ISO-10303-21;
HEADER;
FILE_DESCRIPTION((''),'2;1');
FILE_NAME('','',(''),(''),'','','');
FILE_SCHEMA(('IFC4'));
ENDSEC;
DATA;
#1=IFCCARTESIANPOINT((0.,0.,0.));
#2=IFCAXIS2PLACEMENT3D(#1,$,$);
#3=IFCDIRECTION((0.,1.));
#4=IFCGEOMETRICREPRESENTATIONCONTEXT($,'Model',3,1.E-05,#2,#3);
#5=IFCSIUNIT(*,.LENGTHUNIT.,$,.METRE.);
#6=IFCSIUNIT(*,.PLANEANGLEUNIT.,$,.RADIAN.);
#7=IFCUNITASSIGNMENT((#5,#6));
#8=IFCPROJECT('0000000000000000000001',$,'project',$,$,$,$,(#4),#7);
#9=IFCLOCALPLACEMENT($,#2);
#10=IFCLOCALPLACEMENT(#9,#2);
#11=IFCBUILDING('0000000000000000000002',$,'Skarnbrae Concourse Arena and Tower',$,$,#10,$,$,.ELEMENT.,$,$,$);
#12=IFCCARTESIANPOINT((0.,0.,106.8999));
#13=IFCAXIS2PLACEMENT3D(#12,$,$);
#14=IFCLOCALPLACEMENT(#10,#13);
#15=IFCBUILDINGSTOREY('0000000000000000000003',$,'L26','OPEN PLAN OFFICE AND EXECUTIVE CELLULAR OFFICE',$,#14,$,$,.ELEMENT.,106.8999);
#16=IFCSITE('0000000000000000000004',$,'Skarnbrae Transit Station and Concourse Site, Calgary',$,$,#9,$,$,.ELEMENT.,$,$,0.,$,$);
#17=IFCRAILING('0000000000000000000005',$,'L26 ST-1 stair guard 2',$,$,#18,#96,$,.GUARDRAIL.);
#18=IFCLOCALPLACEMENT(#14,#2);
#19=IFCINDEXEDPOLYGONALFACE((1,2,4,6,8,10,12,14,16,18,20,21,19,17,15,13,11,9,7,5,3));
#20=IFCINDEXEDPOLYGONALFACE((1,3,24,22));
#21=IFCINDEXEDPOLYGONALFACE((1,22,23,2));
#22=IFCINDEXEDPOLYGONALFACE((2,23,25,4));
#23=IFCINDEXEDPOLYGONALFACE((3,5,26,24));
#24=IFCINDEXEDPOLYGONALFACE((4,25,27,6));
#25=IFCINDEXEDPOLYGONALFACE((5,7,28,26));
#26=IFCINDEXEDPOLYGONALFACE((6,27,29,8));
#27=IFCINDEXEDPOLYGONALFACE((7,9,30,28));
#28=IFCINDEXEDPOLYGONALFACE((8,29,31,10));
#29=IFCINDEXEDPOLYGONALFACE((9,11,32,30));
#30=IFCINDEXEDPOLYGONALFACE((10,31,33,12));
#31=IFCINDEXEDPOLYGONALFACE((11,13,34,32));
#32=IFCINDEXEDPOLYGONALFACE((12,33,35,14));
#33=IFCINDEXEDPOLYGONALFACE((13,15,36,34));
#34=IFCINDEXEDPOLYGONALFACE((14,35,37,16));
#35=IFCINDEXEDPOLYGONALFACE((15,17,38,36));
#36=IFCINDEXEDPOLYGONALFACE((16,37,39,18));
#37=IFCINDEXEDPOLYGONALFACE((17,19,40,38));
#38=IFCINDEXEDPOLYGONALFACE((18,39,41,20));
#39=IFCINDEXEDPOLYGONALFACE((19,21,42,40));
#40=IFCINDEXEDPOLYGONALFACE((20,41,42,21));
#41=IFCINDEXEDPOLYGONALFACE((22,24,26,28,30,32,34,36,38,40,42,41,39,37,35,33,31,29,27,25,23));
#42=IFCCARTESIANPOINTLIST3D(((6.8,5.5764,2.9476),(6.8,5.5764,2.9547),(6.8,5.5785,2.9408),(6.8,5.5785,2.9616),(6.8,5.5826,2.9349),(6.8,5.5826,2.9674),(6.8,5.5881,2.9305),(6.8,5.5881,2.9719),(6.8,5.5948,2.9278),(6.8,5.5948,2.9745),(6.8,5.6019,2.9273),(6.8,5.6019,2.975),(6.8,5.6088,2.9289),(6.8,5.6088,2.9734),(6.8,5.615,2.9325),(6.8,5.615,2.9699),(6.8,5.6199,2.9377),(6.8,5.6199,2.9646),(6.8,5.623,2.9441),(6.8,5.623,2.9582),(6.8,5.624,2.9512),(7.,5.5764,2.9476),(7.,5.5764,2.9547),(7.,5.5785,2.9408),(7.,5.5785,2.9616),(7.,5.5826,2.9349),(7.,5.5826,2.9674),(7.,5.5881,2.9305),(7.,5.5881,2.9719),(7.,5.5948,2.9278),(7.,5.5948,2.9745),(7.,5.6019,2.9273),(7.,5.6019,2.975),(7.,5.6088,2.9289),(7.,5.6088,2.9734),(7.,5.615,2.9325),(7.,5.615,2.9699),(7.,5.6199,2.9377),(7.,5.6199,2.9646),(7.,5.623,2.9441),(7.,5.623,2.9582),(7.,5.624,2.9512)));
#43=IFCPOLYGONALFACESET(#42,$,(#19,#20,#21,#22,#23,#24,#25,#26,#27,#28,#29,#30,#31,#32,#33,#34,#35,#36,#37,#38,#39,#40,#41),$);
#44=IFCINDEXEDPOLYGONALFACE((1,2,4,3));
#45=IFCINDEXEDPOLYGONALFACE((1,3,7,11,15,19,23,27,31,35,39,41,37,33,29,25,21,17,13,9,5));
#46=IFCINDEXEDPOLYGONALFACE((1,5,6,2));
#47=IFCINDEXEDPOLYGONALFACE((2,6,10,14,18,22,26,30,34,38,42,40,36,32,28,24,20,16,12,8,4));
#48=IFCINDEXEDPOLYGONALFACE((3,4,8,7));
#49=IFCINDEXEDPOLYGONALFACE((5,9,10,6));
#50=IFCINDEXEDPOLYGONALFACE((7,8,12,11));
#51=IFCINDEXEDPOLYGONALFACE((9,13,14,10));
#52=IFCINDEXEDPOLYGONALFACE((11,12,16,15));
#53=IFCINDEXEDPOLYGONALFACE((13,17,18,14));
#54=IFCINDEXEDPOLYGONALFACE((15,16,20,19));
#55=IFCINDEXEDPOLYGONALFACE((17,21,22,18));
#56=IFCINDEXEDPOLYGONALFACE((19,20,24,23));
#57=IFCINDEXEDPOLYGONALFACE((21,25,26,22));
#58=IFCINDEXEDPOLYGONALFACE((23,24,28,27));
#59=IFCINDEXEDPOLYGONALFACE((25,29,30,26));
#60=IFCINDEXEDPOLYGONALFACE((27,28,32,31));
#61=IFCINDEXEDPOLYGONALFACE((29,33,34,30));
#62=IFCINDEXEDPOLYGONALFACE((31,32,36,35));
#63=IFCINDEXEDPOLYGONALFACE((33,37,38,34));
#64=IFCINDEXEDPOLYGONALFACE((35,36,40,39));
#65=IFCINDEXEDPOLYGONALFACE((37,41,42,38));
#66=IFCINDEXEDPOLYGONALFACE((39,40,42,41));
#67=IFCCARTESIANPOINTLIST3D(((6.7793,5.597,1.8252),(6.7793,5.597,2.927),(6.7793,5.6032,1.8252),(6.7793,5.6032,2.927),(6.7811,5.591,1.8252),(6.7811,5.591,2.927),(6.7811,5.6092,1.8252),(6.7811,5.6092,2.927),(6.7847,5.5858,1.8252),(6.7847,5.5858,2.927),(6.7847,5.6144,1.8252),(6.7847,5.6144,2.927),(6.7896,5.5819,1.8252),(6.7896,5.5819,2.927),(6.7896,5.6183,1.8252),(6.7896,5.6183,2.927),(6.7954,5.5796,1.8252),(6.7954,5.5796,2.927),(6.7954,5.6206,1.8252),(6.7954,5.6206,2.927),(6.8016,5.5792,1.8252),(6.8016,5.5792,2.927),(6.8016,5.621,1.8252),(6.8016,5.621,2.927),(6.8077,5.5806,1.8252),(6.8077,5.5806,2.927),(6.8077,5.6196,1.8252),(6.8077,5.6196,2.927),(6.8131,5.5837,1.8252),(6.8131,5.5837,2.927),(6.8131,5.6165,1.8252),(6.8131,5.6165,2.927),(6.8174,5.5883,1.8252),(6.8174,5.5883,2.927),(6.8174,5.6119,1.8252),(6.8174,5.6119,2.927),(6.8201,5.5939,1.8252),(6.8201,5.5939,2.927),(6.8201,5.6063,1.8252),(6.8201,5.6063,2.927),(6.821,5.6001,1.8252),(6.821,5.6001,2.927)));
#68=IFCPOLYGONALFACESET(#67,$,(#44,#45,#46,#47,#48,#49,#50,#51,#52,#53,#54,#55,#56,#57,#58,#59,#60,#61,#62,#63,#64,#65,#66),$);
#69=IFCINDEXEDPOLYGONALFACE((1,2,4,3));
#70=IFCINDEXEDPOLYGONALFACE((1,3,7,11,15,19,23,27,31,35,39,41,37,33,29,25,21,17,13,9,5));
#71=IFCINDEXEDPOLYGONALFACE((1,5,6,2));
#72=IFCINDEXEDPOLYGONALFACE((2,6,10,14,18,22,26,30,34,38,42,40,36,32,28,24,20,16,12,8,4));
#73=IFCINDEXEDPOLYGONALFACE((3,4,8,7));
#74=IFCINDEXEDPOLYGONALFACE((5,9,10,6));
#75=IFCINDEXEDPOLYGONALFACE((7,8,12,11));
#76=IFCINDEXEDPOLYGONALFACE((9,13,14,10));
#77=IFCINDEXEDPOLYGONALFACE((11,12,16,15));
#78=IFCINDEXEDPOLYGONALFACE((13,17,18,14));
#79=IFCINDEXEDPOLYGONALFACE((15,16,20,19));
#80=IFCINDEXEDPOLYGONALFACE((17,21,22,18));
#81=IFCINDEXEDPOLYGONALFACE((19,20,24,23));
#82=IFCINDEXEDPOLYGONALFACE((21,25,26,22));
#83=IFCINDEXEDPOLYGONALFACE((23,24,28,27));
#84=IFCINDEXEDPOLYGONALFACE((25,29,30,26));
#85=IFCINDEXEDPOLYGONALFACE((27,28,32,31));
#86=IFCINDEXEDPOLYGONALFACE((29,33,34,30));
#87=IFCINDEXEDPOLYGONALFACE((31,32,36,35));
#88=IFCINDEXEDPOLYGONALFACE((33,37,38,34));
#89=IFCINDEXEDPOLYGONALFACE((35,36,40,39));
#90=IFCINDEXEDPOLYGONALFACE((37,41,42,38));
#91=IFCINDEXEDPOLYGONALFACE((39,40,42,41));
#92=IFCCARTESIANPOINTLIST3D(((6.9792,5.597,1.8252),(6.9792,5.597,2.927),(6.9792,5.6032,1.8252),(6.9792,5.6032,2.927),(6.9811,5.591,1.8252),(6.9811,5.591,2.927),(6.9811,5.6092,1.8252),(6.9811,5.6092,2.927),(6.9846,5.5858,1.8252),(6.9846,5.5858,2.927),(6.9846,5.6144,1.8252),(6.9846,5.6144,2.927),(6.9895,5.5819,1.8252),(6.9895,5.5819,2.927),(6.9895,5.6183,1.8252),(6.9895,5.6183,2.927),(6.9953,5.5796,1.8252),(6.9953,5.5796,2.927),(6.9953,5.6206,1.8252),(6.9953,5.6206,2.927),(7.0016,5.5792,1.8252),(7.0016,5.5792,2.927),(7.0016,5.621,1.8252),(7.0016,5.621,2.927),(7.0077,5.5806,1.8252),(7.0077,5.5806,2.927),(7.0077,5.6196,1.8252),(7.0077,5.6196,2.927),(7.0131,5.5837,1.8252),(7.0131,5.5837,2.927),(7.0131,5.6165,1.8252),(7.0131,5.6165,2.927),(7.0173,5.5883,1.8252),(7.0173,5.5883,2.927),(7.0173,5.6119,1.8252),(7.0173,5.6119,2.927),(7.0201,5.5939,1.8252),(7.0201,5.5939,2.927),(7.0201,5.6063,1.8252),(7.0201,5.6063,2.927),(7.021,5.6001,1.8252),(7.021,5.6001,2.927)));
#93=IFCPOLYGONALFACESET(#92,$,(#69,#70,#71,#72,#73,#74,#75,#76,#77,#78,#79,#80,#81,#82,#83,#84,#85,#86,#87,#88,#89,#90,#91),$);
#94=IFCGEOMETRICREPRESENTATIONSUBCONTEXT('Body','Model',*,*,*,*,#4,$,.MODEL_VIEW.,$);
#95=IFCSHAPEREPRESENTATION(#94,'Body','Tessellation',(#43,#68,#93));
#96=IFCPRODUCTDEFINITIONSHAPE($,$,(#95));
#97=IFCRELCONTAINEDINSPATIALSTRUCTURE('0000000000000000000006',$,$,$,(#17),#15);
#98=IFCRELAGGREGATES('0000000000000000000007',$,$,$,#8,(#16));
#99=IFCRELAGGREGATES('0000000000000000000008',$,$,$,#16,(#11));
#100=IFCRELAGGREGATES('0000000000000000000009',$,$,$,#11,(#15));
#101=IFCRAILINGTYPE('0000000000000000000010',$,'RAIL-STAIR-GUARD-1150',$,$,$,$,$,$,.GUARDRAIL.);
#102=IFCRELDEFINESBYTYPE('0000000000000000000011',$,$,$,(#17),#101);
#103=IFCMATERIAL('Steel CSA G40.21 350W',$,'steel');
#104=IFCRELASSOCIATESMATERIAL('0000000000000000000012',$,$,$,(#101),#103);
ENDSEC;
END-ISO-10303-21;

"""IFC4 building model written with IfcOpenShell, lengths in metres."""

from ifc_helpers import new_model, si_unit, direction, frame, origin, origin_2d, place, context, subcontext, project, spatial, circle, extrude, material, type_object, element, save


model = new_model("IFC4")

# Units and contexts
model_context = context("Model", 3, precision=1e-05, world=origin(), true_north=direction((0.0, 1.0)))
body_context = subcontext(model_context, "Body", "Model", "MODEL_VIEW")
ifc_project = project(units=[si_unit("LENGTHUNIT", "METRE"), si_unit("PLANEANGLEUNIT", "RADIAN")], contexts=[model_context])

# Site, building, storey
site_placement = place(None, origin())
site = spatial("IfcSite", under=ifc_project, at=site_placement, Name="Skarnbrae Transit Station and Concourse Site, Calgary", CompositionType="ELEMENT", RefElevation=0.0)
building_placement = place(site_placement, origin())
building = spatial("IfcBuilding", under=site, at=building_placement, Name="Skarnbrae Concourse Arena and Tower", CompositionType="ELEMENT")
storey_placement = place(building_placement, frame((0.0, 0.0, 106.8999)))
storey = spatial("IfcBuildingStorey", under=building, at=storey_placement, Name="L26", Description="OPEN PLAN OFFICE AND EXECUTIVE CELLULAR OFFICE", CompositionType="ELEMENT", Elevation=106.8999)

# Shared definitions
ifc_material_1 = material(Name="Steel CSA G40.21 350W", Category="steel")

# Railing
railing_type_1 = type_object("IfcRailingType", Name="RAIL-STAIR-GUARD-1150", PredefinedType="GUARDRAIL", material=ifc_material_1)
railing_1_placement = place(storey_placement, frame((6.8, 5.6001, 1.8252)))
element("IfcRailing", 1, at=railing_1_placement, inside=storey, type_object=railing_type_1, Name="L26 ST-1 stair guard 2", PredefinedType="GUARDRAIL", context=body_context, shape_type="SweptSolid", body=[
    extrude(circle(Radius=0.0239, at=origin_2d()), frame((0.0, 0.0, 1.126), z_axis=(1.0, 0.0, 0.0), x_axis=(0.0, 1.0, 0.0)), (0.0, 0.0, 1.0), 0.2),
    extrude(circle(Radius=0.021, at=origin_2d()), origin(), (0.0, 0.0, 1.0), 1.1018),
    extrude(circle(Radius=0.021, at=origin_2d()), frame((0.2, 0.0, 0.0)), (0.0, 0.0, 1.0), 1.1018),
])

save(model, "model.ifc")
